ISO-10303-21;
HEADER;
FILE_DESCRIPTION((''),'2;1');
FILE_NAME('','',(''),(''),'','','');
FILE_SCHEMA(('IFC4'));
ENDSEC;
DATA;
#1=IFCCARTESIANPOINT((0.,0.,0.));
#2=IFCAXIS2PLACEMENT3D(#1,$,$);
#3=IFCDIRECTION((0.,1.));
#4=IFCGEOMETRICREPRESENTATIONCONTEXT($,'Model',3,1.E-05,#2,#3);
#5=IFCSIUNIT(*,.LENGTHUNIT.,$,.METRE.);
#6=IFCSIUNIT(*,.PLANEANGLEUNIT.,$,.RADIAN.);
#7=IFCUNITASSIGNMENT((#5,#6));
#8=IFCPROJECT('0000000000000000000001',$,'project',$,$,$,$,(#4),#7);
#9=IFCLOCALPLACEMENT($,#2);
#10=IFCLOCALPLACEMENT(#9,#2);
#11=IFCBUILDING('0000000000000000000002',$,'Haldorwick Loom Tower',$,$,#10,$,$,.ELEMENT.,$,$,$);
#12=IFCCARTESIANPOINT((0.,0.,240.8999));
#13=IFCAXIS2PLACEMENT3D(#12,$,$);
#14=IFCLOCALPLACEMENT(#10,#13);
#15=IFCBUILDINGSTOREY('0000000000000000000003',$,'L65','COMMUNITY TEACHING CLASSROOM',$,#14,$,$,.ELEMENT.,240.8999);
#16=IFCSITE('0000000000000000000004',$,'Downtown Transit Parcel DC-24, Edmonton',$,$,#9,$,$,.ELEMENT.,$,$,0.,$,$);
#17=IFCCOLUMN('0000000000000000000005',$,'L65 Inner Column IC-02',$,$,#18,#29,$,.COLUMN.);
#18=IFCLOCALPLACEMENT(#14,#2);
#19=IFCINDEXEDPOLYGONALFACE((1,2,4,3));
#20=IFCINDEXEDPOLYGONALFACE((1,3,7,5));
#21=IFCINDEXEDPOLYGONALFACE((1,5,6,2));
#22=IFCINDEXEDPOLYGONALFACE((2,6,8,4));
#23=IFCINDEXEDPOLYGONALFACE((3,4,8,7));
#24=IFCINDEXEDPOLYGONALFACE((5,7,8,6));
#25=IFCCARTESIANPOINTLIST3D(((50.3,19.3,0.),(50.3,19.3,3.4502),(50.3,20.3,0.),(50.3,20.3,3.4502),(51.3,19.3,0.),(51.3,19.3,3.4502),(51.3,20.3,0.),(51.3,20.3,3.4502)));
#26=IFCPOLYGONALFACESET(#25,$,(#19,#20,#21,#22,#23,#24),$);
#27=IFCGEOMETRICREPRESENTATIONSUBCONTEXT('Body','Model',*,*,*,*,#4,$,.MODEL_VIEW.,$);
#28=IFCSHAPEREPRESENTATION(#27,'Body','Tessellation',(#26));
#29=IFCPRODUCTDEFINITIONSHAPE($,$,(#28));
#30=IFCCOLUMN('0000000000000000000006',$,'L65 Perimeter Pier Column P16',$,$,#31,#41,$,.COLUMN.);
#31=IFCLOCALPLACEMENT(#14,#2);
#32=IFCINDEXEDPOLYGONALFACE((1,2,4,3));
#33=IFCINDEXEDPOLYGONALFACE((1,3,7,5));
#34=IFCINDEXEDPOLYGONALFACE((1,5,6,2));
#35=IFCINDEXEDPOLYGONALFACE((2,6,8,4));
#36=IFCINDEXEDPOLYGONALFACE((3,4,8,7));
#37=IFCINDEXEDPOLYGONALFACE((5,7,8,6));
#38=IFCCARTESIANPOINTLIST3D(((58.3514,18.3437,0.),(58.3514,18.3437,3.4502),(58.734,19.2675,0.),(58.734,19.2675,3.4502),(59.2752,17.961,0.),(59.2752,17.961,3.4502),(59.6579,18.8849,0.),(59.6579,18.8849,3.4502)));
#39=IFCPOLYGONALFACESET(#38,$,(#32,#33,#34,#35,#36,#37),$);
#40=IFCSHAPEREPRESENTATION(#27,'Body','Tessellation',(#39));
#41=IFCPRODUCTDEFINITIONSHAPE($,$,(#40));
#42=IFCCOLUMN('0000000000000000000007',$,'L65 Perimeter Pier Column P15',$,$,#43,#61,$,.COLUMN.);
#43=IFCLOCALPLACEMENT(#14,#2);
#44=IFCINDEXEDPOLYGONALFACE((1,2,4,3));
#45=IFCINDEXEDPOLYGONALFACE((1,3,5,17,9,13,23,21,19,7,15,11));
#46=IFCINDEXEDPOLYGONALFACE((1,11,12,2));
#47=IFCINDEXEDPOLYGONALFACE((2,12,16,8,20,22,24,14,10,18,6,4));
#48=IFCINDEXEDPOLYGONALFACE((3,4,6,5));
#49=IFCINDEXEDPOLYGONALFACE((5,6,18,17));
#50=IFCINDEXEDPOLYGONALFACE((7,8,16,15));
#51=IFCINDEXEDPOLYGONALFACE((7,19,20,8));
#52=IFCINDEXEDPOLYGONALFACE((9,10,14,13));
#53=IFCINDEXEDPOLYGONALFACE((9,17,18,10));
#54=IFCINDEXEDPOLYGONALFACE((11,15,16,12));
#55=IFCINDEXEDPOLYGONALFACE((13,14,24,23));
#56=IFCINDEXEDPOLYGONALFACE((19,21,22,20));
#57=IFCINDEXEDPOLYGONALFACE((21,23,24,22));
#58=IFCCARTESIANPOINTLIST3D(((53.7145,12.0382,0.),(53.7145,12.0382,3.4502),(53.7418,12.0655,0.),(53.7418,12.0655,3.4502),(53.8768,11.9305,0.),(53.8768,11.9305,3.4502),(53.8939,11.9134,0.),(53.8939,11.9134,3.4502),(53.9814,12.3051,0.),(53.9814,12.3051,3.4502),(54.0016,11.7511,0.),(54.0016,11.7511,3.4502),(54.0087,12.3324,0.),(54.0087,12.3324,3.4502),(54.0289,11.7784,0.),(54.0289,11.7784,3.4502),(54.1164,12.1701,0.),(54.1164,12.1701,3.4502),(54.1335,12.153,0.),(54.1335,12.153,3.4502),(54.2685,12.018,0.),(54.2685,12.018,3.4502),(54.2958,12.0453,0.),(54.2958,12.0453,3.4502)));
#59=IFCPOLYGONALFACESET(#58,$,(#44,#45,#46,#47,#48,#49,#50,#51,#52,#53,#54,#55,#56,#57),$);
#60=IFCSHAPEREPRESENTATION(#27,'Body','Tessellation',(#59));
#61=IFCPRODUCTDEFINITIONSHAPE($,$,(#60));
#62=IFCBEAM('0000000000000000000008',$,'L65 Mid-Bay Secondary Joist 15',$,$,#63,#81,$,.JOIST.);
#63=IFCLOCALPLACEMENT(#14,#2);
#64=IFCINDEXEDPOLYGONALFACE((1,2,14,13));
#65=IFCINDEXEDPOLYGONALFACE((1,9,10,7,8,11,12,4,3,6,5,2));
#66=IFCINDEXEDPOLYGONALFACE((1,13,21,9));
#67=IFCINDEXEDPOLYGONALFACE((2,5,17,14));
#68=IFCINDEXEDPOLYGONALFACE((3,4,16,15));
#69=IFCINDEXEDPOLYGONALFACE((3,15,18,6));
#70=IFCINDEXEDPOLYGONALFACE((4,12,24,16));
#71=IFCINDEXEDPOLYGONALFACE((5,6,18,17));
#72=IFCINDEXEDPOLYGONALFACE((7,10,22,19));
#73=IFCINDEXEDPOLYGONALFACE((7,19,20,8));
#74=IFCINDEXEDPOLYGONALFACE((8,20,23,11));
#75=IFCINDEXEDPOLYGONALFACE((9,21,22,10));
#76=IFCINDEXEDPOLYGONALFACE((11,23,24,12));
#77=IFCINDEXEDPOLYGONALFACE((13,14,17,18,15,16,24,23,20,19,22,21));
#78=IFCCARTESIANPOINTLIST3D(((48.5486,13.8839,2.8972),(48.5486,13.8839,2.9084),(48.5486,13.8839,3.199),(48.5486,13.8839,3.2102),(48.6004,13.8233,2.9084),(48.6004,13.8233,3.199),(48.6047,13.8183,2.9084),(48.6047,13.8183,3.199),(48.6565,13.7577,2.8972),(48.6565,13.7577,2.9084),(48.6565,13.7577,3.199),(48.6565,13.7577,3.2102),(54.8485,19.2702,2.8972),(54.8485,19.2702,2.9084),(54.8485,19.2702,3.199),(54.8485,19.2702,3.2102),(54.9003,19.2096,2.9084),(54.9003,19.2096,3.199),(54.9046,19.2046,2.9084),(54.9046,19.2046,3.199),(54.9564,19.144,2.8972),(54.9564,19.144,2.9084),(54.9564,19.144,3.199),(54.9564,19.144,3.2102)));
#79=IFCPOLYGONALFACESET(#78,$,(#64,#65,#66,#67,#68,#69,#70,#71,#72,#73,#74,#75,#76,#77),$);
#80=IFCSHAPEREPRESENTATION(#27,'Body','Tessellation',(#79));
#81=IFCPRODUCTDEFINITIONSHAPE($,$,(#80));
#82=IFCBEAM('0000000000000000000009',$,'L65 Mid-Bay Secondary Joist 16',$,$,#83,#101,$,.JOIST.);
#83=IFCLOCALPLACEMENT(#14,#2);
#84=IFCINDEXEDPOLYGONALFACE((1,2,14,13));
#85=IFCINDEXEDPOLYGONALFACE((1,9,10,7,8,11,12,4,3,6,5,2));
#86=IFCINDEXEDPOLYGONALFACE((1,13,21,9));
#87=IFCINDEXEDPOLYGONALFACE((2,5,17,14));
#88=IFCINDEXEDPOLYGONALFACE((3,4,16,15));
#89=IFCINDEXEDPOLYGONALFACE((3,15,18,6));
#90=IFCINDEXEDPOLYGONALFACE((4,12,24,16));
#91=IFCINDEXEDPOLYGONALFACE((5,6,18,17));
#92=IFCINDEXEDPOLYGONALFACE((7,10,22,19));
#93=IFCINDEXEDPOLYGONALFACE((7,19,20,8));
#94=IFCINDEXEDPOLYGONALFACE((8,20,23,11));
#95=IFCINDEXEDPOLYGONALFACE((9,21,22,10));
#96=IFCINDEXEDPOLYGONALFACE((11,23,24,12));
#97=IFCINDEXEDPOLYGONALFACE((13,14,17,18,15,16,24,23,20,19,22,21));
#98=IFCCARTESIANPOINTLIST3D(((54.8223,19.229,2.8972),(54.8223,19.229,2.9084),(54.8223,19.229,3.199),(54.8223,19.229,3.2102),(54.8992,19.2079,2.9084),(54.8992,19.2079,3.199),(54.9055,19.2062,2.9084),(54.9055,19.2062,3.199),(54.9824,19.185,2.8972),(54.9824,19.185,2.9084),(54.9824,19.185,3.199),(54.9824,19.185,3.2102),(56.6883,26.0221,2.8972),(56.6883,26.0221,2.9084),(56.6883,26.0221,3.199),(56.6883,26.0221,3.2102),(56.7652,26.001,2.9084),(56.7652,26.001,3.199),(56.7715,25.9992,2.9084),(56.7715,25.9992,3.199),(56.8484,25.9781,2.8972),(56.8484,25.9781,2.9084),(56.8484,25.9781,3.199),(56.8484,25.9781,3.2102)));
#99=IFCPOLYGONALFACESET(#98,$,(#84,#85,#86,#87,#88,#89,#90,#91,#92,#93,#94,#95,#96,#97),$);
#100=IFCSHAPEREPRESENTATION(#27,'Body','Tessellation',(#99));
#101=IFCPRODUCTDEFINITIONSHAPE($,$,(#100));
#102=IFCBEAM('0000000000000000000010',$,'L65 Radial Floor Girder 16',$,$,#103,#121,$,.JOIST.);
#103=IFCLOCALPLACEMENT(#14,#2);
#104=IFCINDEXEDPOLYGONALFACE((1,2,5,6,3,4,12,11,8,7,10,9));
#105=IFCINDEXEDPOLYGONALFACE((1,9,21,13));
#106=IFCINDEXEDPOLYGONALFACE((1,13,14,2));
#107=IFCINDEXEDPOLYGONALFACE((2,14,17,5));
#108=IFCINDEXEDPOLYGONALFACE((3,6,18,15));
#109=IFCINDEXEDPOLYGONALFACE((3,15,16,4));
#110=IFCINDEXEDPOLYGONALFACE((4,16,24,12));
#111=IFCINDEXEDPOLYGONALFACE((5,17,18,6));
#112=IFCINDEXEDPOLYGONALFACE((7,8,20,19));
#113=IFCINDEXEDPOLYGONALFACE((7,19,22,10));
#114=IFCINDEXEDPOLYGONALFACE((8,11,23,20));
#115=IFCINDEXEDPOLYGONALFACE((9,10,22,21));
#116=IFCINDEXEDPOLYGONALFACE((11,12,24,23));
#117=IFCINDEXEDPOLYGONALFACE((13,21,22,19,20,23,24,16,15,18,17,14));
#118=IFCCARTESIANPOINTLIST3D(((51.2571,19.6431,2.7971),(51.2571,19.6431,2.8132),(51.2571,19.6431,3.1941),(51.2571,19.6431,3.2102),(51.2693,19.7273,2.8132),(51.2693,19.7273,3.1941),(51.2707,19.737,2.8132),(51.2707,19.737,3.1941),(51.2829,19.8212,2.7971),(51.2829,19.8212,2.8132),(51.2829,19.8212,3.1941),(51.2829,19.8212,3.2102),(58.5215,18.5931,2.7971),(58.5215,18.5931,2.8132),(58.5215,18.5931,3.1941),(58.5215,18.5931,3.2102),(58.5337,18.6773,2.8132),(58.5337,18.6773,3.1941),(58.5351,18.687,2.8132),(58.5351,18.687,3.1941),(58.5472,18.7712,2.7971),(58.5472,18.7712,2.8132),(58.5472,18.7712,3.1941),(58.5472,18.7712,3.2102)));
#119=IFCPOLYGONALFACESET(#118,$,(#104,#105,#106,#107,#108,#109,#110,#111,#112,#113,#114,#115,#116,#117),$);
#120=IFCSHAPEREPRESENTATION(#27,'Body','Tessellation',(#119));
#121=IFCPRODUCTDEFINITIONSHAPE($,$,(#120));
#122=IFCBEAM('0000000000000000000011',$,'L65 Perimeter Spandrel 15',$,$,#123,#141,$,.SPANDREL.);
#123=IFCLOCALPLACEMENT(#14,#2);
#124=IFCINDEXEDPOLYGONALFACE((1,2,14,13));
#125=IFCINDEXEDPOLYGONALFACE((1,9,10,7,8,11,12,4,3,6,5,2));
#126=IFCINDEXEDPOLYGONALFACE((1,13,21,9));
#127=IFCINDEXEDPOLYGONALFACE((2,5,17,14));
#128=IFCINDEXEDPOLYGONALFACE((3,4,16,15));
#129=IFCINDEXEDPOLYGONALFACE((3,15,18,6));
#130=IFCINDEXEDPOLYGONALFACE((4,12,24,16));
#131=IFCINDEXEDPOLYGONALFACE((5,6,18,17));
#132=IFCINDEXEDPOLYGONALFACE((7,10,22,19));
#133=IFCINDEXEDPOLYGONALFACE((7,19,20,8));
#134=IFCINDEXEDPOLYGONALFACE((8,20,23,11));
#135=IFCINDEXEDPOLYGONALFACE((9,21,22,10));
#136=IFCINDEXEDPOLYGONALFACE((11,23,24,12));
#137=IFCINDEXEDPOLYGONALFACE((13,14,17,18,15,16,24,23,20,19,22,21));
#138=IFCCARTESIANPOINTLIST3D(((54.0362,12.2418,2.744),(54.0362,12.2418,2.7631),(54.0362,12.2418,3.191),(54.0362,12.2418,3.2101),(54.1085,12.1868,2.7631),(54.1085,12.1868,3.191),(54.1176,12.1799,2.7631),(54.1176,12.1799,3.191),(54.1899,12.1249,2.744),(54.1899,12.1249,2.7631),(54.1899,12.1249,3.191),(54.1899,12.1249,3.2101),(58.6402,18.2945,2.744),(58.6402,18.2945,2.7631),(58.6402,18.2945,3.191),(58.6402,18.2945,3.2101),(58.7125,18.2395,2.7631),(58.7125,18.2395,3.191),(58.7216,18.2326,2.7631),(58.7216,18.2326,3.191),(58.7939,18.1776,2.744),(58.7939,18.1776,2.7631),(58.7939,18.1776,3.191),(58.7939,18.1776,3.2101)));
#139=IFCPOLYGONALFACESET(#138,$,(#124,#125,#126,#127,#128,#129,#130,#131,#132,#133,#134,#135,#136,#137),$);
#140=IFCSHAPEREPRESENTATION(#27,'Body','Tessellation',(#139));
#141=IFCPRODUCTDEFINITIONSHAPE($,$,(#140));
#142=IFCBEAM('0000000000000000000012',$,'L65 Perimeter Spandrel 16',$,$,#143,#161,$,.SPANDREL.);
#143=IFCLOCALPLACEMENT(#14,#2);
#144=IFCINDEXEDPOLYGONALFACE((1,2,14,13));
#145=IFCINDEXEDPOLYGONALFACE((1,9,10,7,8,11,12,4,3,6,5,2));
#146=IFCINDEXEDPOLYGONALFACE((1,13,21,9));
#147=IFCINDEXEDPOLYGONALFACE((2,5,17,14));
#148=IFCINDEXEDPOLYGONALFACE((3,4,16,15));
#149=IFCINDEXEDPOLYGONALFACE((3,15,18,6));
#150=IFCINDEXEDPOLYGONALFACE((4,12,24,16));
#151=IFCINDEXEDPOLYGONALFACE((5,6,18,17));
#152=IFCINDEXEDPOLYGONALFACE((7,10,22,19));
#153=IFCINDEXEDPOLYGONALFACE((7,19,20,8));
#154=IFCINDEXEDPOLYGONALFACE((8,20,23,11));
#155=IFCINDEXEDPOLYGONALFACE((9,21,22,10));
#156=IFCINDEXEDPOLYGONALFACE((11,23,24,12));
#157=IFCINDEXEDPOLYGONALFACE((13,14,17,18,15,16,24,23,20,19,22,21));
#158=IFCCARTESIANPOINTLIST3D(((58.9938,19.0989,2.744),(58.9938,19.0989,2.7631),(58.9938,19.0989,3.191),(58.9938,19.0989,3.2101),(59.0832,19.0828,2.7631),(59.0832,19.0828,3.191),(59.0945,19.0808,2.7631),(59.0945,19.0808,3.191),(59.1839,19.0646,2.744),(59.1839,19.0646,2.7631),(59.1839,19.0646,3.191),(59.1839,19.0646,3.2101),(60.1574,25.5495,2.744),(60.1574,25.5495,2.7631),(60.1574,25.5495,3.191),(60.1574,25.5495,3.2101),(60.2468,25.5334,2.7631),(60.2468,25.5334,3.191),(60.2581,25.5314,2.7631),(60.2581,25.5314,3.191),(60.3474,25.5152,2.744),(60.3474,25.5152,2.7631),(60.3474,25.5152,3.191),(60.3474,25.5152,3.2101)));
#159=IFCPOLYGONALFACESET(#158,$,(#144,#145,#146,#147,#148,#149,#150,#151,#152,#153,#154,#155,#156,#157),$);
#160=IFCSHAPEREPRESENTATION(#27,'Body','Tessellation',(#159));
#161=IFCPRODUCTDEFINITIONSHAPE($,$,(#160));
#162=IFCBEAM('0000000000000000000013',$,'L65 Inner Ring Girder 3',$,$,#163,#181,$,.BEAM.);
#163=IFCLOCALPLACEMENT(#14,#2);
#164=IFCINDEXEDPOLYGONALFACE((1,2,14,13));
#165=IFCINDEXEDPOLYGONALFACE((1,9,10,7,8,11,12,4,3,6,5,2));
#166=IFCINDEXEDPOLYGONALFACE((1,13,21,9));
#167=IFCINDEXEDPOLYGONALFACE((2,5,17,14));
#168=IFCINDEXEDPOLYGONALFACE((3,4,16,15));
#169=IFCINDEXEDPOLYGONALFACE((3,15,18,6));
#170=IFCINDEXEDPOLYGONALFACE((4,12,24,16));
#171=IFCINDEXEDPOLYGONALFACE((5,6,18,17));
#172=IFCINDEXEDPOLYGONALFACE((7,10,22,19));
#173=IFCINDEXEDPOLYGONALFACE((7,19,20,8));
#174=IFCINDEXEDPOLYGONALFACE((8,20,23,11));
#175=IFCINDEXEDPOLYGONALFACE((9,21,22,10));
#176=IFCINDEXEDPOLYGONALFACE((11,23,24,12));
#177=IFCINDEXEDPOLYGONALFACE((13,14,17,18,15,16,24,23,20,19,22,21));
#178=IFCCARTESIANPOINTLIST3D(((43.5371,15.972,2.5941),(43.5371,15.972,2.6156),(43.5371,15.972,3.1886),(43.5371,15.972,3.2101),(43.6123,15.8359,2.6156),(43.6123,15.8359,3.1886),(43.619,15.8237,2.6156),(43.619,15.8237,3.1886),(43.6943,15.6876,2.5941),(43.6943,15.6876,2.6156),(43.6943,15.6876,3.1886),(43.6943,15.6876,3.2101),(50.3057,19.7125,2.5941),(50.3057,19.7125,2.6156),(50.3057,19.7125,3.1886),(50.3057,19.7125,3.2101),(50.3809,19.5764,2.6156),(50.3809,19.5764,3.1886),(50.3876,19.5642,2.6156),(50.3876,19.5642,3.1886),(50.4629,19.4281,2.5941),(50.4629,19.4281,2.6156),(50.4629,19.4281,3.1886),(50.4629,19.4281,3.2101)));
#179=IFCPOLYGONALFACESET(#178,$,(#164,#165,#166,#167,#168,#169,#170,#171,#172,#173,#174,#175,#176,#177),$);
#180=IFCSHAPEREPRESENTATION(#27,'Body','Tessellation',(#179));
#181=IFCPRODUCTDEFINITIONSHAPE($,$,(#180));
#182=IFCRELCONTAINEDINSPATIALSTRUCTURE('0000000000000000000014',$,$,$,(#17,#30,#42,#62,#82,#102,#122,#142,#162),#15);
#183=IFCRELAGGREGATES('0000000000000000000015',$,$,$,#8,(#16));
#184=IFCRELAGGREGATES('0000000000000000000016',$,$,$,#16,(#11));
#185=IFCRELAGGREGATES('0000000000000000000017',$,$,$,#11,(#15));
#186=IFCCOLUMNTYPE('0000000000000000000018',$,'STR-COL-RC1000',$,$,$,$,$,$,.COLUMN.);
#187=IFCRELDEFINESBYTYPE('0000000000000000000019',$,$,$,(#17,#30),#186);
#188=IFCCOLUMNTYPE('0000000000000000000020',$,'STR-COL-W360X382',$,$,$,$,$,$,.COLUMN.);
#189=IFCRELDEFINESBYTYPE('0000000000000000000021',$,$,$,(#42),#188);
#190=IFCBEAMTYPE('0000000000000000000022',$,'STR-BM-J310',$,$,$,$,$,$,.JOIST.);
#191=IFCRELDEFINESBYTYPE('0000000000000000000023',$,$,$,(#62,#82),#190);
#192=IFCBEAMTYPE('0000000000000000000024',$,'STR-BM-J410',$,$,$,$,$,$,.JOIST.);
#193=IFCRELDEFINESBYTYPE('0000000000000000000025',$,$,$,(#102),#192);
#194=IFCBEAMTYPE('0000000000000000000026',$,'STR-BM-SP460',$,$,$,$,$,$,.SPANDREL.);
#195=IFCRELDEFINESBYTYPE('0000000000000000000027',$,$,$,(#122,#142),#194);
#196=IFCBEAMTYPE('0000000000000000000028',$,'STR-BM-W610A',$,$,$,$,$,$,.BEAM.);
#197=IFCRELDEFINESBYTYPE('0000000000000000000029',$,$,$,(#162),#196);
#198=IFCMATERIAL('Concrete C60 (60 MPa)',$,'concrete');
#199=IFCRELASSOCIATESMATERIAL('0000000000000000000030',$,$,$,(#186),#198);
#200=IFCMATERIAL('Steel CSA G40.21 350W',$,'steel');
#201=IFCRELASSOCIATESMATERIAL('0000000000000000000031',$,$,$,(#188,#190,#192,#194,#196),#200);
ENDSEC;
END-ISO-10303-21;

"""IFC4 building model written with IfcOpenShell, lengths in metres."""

from ifc_helpers import new_model, si_unit, direction, frame, origin, origin_2d, place, context, subcontext, project, spatial, rectangle, i_section, extrude, material, material_profile, profile_set, type_object, element, save


model = new_model("IFC4")

# Units and contexts
model_context = context("Model", 3, precision=1e-05, world=origin(), true_north=direction((0.0, 1.0)))
body_context = subcontext(model_context, "Body", "Model", "MODEL_VIEW")
ifc_project = project(units=[si_unit("LENGTHUNIT", "METRE"), si_unit("PLANEANGLEUNIT", "RADIAN")], contexts=[model_context])

# Site, building, storey
site_placement = place(None, origin())
site = spatial("IfcSite", under=ifc_project, at=site_placement, Name="Downtown Transit Parcel DC-24, Edmonton", CompositionType="ELEMENT", RefElevation=0.0)
building_placement = place(site_placement, origin())
building = spatial("IfcBuilding", under=site, at=building_placement, Name="Haldorwick Loom Tower", CompositionType="ELEMENT")
storey_placement = place(building_placement, frame((0.0, 0.0, 240.8999)))
storey = spatial("IfcBuildingStorey", under=building, at=storey_placement, Name="L65", Description="COMMUNITY TEACHING CLASSROOM", CompositionType="ELEMENT", Elevation=240.8999)

# Columns
ifc_material_1 = material(Name="Concrete C60 (60 MPa)", Category="concrete")
ifc_material_profile_1 = material_profile(ifc_material_1, rectangle(XDim=1.0, YDim=1.0, at=origin_2d()), Name="RC1000X1000", Category="concrete")
ifc_profile_set_1 = profile_set([ifc_material_profile_1], Name="Concrete C60 (60 MPa)")
column_type_1 = type_object("IfcColumnType", Name="STR-COL-RC1000", PredefinedType="COLUMN", material=ifc_profile_set_1)
for number, where, z_axis, x_axis, name in (
    (1, (50.8, 19.8, 0.0), (0.0, 0.0, 1.0), (1.0, 0.0, 0.0), "L65 Inner Column IC-02"),
    (2, (59.0046, 18.6143, 0.0), (0.0, 0.0, 1.0), (0.92388, -0.382683, 0.0), "L65 Perimeter Pier Column P16"),
):
    element("IfcColumn", number, at=place(storey_placement, frame(where, z_axis=z_axis, x_axis=x_axis)), inside=storey, type_object=column_type_1, Name=name, PredefinedType="COLUMN", context=body_context, shape_type="SweptSolid", body=[
        extrude(rectangle(XDim=1.0, YDim=1.0, at=origin_2d()), origin(), (0.0, 0.0, 1.0), 3.4502),
    ])
ifc_material_2 = material(Name="Steel CSA G40.21 350W", Category="steel")
ifc_material_profile_2 = material_profile(ifc_material_2, i_section(OverallWidth=0.406, OverallDepth=0.416, WebThickness=0.0242, FlangeThickness=0.0386, at=origin_2d()), Name="W360X382", Category="steel")
ifc_profile_set_2 = profile_set([ifc_material_profile_2], Name="Steel CSA G40.21 350W")
column_type_2 = type_object("IfcColumnType", Name="STR-COL-W360X382", PredefinedType="COLUMN", material=ifc_profile_set_2)
column_placement = place(storey_placement, frame((54.0051, 12.0417, 0.0), z_axis=(0.0, 0.0, 1.0), x_axis=(0.707107, -0.707107, 0.0)))
element("IfcColumn", 3, at=column_placement, inside=storey, type_object=column_type_2, Name="L65 Perimeter Pier Column P15", PredefinedType="COLUMN", context=body_context, shape_type="SweptSolid", body=[
    extrude(i_section(OverallWidth=0.406, OverallDepth=0.416, WebThickness=0.0242, FlangeThickness=0.0386, at=origin_2d()), origin(), (0.0, 0.0, 1.0), 3.4502),
])

# Beams
ifc_material_profile_3 = material_profile(ifc_material_2, i_section(OverallWidth=0.166, OverallDepth=0.313, WebThickness=0.0066, FlangeThickness=0.0112, at=origin_2d()), Name="W310X45", Category="steel")
ifc_profile_set_3 = profile_set([ifc_material_profile_3], Name="Steel CSA G40.21 350W")
beam_type_1 = type_object("IfcBeamType", Name="STR-BM-J310", PredefinedType="JOIST", material=ifc_profile_set_3)
beam_1_placement = place(storey_placement, frame((48.6025, 13.8208, 3.0537), z_axis=(0.760067, 0.649845, 0.0), x_axis=(-0.649845, 0.760067, 0.0)))
element("IfcBeam", 4, at=beam_1_placement, inside=storey, type_object=beam_type_1, Name="L65 Mid-Bay Secondary Joist 15", PredefinedType="JOIST", context=body_context, shape_type="SweptSolid", body=[
    extrude(i_section(OverallWidth=0.166, OverallDepth=0.313, WebThickness=0.0066, FlangeThickness=0.0112, at=origin_2d()), origin(), (0.0, 0.0, 1.0), 8.2886),
])
beam_2_placement = place(storey_placement, frame((54.9023, 19.207, 3.0537), z_axis=(0.264879, 0.964282, 0.0), x_axis=(-0.964282, 0.264879, 0.0)))
element("IfcBeam", 5, at=beam_2_placement, inside=storey, type_object=beam_type_1, Name="L65 Mid-Bay Secondary Joist 16", PredefinedType="JOIST", context=body_context, shape_type="SweptSolid", body=[
    extrude(i_section(OverallWidth=0.166, OverallDepth=0.313, WebThickness=0.0066, FlangeThickness=0.0112, at=origin_2d()), origin(), (0.0, 0.0, 1.0), 7.0447),
])
ifc_material_profile_4 = material_profile(ifc_material_2, i_section(OverallWidth=0.1799, OverallDepth=0.4131, WebThickness=0.0098, FlangeThickness=0.0161, at=origin_2d()), Name="W410X74", Category="steel")
ifc_profile_set_4 = profile_set([ifc_material_profile_4], Name="Steel CSA G40.21 350W")
beam_type_2 = type_object("IfcBeamType", Name="STR-BM-J410", PredefinedType="JOIST", material=ifc_profile_set_4)
beam_3_placement = place(storey_placement, frame((51.27, 19.7322, 3.0037), z_axis=(0.989714, -0.14306, 0.0), x_axis=(0.14306, 0.989714, 0.0)))
element("IfcBeam", 6, at=beam_3_placement, inside=storey, type_object=beam_type_2, Name="L65 Radial Floor Girder 16", PredefinedType="JOIST", context=body_context, shape_type="SweptSolid", body=[
    extrude(i_section(OverallWidth=0.1799, OverallDepth=0.4131, WebThickness=0.0098, FlangeThickness=0.0161, at=origin_2d()), origin(), (0.0, 0.0, 1.0), 7.3398),
])
ifc_material_profile_5 = material_profile(ifc_material_2, i_section(OverallWidth=0.1931, OverallDepth=0.4661, WebThickness=0.0115, FlangeThickness=0.019, at=origin_2d()), Name="W460X97", Category="steel")
ifc_profile_set_5 = profile_set([ifc_material_profile_5], Name="Steel CSA G40.21 350W")
beam_type_3 = type_object("IfcBeamType", Name="STR-BM-SP460", PredefinedType="SPANDREL", material=ifc_profile_set_5)
beam_4_placement = place(storey_placement, frame((54.113, 12.1833, 2.9771), z_axis=(0.60541, 0.795913, 0.0), x_axis=(-0.795913, 0.60541, 0.0)))
element("IfcBeam", 7, at=beam_4_placement, inside=storey, type_object=beam_type_3, Name="L65 Perimeter Spandrel 15", PredefinedType="SPANDREL", context=body_context, shape_type="SweptSolid", body=[
    extrude(i_section(OverallWidth=0.1931, OverallDepth=0.4661, WebThickness=0.0115, FlangeThickness=0.019, at=origin_2d()), origin(), (0.0, 0.0, 1.0), 7.6047),
])
beam_5_placement = place(storey_placement, frame((59.0889, 19.0818, 2.9771), z_axis=(0.177515, 0.984118, 0.0), x_axis=(-0.984118, 0.177515, 0.0)))
element("IfcBeam", 8, at=beam_5_placement, inside=storey, type_object=beam_type_3, Name="L65 Perimeter Spandrel 16", PredefinedType="SPANDREL", context=body_context, shape_type="SweptSolid", body=[
    extrude(i_section(OverallWidth=0.1931, OverallDepth=0.4661, WebThickness=0.0115, FlangeThickness=0.019, at=origin_2d()), origin(), (0.0, 0.0, 1.0), 6.5547),
])
ifc_material_profile_6 = material_profile(ifc_material_2, i_section(OverallWidth=0.325, OverallDepth=0.616, WebThickness=0.0139, FlangeThickness=0.0215, at=origin_2d()), Name="W610X174", Category="steel")
ifc_profile_set_6 = profile_set([ifc_material_profile_6], Name="Steel CSA G40.21 350W")
beam_type_4 = type_object("IfcBeamType", Name="STR-BM-W610A", PredefinedType="BEAM", material=ifc_profile_set_6)
beam_6_placement = place(storey_placement, frame((50.3843, 19.5703, 2.9021), z_axis=(-0.875244, -0.483682, 0.0), x_axis=(0.483682, -0.875244, 0.0)))
element("IfcBeam", 9, at=beam_6_placement, inside=storey, type_object=beam_type_4, Name="L65 Inner Ring Girder 3", PredefinedType="BEAM", context=body_context, shape_type="SweptSolid", body=[
    extrude(i_section(OverallWidth=0.325, OverallDepth=0.616, WebThickness=0.0139, FlangeThickness=0.0215, at=origin_2d()), origin(), (0.0, 0.0, 1.0), 7.7334),
])

save(model, "model.ifc")
